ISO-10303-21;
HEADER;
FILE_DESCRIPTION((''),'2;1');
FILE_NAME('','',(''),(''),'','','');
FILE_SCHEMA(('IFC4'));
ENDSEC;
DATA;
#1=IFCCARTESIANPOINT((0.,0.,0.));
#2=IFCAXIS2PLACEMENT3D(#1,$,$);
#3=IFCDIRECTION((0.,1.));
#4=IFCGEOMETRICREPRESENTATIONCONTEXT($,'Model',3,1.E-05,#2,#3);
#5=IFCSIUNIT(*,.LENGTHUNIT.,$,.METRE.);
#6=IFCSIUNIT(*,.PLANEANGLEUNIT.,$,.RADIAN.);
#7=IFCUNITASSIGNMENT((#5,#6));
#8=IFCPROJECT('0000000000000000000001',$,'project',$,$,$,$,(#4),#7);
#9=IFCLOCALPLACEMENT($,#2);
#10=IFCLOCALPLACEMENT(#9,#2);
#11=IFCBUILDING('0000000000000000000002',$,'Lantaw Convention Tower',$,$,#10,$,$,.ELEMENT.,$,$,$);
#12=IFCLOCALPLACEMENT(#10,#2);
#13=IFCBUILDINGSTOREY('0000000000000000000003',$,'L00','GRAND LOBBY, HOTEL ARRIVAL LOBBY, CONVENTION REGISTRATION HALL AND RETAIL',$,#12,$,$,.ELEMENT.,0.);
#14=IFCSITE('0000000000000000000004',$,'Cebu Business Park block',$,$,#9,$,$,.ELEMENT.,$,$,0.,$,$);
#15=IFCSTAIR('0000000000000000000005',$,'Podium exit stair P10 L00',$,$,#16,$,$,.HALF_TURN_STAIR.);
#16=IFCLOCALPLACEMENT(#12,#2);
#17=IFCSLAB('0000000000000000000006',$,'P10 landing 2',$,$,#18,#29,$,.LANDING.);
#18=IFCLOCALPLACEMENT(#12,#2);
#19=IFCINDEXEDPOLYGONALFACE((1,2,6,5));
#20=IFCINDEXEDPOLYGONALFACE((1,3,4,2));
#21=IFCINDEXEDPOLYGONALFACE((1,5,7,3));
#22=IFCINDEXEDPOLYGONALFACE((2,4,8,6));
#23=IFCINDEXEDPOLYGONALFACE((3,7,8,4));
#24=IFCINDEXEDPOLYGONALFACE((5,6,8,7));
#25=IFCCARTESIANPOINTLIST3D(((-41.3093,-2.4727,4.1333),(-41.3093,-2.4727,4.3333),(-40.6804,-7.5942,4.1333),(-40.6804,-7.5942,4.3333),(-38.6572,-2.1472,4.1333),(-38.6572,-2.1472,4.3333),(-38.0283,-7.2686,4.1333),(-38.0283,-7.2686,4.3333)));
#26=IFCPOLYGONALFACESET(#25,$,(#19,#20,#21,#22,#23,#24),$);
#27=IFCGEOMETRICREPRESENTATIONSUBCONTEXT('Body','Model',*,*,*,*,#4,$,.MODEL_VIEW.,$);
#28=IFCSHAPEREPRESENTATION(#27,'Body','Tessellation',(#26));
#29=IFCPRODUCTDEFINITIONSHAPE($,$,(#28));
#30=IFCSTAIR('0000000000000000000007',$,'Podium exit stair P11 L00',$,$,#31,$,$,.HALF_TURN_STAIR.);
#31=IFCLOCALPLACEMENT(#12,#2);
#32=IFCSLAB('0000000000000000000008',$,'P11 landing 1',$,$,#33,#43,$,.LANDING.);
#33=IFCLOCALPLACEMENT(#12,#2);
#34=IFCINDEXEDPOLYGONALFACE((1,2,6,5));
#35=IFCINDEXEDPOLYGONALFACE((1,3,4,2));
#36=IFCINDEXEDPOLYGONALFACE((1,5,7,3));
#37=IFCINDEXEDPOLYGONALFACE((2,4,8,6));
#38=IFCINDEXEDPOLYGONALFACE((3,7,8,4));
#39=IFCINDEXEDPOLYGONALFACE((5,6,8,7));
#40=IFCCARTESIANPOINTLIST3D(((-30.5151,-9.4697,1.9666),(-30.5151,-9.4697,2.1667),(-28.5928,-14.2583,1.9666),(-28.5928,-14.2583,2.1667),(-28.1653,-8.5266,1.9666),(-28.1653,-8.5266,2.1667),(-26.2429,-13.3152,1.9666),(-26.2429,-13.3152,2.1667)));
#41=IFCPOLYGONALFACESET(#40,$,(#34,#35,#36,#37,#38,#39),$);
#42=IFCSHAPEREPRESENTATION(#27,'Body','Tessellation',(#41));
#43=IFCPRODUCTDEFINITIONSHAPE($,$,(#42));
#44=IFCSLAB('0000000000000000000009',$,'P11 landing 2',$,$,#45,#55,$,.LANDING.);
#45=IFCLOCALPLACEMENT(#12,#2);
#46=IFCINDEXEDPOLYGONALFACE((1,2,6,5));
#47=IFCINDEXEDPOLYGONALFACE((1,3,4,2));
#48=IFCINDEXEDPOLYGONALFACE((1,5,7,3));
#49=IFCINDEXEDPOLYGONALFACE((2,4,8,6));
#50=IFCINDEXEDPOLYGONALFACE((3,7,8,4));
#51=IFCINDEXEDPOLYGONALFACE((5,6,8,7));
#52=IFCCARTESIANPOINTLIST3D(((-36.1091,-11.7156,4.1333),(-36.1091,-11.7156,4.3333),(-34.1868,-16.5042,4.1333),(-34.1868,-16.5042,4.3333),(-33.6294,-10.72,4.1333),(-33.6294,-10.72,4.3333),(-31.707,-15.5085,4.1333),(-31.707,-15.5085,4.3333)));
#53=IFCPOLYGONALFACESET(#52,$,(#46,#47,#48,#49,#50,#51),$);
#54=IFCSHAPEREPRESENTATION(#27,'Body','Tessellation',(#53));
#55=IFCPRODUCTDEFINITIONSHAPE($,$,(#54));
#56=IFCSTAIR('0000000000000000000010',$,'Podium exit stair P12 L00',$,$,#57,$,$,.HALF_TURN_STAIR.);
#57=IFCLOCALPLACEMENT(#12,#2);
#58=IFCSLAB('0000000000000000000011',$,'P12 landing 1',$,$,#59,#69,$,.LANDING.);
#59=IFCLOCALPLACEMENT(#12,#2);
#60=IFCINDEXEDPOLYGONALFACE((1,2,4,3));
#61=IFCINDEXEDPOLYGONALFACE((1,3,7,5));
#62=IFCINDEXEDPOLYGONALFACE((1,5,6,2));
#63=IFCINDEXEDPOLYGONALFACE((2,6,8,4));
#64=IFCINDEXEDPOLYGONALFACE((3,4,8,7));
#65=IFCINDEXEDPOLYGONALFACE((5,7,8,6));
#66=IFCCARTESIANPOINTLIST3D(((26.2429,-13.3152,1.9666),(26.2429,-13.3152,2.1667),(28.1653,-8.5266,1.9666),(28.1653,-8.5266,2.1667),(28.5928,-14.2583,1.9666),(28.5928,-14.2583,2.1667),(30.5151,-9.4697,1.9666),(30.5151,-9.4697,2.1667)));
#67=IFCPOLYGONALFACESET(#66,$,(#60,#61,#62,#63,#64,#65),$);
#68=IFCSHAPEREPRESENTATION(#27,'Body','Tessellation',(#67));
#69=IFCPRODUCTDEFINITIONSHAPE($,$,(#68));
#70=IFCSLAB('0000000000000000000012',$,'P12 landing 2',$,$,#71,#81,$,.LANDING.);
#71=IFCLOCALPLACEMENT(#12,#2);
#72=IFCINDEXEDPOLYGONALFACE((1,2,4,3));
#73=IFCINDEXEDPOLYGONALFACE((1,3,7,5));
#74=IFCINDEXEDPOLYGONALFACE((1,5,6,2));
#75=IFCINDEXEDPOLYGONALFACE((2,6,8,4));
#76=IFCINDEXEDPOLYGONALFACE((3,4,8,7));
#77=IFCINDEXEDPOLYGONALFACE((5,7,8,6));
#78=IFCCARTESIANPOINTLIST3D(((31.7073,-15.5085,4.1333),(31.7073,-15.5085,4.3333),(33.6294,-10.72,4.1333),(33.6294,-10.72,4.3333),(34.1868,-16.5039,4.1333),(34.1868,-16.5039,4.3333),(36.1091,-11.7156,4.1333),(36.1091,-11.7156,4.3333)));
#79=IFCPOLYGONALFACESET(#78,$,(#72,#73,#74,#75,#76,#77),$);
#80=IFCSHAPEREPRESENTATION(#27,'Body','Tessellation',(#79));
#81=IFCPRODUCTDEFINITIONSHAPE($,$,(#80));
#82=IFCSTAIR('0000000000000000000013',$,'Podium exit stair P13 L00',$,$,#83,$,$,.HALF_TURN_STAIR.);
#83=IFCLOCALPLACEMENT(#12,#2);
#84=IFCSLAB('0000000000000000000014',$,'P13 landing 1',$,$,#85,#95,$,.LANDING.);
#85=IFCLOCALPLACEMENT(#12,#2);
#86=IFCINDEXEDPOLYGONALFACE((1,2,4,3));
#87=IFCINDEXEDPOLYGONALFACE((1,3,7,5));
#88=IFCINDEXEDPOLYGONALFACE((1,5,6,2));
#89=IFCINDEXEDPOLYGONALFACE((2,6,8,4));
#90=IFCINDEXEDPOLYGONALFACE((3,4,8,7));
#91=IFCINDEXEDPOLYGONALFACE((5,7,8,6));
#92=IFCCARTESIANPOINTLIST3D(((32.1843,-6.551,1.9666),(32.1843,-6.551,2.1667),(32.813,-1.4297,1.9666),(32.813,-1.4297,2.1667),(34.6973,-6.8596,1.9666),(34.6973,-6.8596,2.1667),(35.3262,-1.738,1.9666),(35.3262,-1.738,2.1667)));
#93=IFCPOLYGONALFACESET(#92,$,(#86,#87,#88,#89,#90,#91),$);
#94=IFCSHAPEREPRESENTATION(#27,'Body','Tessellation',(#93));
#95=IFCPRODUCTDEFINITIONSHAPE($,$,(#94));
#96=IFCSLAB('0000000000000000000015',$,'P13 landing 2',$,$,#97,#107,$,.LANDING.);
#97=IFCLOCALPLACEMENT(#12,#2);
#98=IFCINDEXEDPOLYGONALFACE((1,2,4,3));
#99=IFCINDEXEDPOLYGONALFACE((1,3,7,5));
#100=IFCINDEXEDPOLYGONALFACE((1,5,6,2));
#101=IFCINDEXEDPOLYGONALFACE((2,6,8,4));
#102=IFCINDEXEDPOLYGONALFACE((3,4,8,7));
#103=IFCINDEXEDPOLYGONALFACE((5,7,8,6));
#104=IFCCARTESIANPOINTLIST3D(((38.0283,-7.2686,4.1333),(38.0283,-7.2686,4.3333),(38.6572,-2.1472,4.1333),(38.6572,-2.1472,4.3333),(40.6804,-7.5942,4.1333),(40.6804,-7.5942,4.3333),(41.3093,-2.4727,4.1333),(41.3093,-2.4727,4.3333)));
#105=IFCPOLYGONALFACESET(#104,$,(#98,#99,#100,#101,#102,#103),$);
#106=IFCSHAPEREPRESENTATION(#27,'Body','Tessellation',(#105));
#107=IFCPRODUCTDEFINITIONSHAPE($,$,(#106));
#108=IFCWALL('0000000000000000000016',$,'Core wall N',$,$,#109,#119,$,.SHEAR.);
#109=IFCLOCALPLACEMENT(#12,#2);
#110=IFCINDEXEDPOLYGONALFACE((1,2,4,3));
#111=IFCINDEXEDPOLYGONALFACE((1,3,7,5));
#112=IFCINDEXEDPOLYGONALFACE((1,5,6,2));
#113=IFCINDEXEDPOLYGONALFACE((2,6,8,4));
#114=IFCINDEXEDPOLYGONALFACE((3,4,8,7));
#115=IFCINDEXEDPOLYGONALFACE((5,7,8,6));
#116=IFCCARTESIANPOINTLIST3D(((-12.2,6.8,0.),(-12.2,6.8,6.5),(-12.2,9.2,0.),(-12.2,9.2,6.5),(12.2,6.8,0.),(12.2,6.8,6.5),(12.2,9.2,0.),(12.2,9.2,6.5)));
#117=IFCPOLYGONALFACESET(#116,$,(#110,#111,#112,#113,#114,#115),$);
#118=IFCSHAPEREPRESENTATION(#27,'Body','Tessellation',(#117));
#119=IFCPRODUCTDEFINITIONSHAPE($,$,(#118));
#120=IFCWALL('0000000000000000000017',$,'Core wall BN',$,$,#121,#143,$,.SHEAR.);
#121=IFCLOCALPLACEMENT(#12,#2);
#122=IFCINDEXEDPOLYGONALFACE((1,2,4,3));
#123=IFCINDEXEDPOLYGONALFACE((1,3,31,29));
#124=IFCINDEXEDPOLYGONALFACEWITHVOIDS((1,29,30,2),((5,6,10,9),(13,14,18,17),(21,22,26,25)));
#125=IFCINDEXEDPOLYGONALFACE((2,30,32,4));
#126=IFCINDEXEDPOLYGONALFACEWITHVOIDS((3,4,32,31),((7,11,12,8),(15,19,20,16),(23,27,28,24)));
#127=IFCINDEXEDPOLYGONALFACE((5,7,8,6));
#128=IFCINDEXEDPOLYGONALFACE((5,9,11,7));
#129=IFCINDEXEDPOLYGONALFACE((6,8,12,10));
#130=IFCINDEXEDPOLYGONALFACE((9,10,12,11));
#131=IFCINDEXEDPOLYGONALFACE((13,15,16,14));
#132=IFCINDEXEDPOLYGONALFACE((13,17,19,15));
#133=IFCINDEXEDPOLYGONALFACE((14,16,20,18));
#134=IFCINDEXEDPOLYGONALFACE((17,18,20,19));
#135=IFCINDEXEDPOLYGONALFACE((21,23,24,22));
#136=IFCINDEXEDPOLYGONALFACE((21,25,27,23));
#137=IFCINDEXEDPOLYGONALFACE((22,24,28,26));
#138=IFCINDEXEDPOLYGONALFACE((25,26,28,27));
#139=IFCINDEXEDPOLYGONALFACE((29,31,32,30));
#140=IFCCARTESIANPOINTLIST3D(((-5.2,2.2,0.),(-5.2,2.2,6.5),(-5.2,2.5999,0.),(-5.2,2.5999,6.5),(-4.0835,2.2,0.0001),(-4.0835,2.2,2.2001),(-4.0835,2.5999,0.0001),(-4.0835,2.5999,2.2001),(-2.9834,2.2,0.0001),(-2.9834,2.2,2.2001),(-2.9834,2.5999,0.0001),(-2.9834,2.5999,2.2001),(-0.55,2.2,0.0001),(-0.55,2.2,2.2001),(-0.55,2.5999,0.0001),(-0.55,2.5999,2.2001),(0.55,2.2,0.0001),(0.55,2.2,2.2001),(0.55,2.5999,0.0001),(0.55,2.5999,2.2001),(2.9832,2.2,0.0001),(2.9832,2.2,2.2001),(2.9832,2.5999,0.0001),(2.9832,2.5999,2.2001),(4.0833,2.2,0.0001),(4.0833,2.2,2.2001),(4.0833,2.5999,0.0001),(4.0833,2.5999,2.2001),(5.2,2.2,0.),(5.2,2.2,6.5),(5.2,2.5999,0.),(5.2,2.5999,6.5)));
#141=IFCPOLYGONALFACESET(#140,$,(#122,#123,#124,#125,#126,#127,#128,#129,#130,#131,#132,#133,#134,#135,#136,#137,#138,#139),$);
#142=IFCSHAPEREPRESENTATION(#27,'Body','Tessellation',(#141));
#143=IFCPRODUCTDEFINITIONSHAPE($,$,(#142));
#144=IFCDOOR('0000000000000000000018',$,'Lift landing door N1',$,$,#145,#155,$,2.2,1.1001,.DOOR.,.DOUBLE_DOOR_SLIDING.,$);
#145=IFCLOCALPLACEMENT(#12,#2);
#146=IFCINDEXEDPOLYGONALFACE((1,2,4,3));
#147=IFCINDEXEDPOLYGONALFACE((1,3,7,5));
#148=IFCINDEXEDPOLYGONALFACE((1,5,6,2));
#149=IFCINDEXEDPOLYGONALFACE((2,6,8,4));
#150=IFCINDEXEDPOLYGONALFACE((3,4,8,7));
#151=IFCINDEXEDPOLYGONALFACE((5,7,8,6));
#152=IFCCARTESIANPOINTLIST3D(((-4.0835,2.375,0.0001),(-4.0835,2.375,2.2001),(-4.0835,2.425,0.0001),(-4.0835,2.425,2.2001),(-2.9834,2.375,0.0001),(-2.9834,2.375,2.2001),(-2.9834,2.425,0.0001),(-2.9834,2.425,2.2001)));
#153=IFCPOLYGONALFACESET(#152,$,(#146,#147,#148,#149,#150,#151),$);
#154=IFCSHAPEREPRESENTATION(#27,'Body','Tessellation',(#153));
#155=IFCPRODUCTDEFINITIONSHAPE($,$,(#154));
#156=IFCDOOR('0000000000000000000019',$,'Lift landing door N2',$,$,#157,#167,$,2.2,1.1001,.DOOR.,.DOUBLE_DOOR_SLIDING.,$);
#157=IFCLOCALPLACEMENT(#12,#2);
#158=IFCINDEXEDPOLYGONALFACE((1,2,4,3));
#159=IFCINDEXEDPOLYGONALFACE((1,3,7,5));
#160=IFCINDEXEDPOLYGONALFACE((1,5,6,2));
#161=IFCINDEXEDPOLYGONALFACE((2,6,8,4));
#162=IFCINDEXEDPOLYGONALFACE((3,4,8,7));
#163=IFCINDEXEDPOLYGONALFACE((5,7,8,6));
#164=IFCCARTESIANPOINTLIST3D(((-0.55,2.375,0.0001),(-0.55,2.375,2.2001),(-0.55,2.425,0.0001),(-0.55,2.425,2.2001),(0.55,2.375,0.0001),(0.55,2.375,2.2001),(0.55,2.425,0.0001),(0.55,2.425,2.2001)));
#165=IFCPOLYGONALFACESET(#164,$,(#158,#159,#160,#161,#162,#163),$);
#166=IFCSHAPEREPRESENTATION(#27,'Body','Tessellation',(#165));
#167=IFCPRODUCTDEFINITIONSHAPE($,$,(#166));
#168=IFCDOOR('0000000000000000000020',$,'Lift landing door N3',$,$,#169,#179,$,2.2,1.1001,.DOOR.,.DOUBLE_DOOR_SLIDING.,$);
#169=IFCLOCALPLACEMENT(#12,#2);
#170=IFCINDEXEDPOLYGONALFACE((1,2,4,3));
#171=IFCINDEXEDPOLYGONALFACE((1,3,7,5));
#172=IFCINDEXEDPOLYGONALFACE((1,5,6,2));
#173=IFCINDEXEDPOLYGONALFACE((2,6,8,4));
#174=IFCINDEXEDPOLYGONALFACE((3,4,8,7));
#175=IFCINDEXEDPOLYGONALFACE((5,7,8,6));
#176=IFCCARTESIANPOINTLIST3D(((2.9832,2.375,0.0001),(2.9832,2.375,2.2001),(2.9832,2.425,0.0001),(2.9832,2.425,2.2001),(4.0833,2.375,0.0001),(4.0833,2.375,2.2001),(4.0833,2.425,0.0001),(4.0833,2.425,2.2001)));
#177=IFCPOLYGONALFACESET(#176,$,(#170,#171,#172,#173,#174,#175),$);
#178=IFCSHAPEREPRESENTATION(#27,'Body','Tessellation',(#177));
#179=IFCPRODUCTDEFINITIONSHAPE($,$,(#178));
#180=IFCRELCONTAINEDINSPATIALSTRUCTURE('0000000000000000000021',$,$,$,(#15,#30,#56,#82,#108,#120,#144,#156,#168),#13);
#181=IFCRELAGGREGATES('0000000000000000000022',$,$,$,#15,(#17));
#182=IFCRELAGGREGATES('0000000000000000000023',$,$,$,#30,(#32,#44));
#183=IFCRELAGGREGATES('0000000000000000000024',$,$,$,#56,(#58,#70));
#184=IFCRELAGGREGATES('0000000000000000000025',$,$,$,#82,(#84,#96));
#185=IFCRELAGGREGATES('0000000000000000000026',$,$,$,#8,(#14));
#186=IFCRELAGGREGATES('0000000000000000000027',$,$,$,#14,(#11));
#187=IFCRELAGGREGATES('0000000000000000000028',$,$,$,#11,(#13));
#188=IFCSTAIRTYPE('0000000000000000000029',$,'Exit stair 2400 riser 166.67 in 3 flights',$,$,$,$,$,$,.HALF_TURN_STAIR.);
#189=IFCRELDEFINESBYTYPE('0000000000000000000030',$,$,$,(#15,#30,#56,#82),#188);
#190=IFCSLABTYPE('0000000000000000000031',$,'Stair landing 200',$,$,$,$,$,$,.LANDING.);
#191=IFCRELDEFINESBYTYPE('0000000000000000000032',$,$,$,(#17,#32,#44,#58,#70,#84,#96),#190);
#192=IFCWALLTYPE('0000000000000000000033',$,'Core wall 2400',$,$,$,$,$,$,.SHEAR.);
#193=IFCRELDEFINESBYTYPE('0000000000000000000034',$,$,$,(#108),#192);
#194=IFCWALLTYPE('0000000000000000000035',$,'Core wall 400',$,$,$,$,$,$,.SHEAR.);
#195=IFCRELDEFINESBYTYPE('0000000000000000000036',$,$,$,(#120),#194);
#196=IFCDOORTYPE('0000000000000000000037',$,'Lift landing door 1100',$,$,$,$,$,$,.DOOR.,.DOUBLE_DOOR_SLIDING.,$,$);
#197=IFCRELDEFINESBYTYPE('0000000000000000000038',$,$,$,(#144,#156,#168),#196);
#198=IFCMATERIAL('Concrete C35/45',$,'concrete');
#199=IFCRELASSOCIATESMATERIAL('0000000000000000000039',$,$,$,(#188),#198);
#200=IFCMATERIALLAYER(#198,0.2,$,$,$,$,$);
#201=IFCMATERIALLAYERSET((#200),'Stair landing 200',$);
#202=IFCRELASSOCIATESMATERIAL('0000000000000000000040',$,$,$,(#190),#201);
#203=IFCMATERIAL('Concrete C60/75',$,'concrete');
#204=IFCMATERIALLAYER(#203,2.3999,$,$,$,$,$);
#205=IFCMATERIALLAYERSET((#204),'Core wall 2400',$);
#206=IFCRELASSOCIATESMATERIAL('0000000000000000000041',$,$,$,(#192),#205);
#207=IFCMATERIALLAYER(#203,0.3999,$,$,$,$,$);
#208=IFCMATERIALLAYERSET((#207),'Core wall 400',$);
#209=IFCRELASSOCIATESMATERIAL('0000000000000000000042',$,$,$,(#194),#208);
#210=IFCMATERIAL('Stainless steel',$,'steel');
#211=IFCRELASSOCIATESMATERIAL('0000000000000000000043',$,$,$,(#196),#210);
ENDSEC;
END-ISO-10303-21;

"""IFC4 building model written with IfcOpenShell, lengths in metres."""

from ifc_helpers import new_model, si_unit, direction, frame, frame_2d, origin, place, context, subcontext, project, spatial, polyline, rectangle, outline, extrude, material, layer, layer_set, type_object, element, fill, aggregate, save


model = new_model("IFC4")

# Units and contexts
model_context = context("Model", 3, precision=1e-05, world=origin(), true_north=direction((0.0, 1.0)))
body_context = subcontext(model_context, "Body", "Model", "MODEL_VIEW")
ifc_project = project(units=[si_unit("LENGTHUNIT", "METRE"), si_unit("PLANEANGLEUNIT", "RADIAN")], contexts=[model_context])

# Site, building, storey
site_placement = place(None, origin())
site = spatial("IfcSite", under=ifc_project, at=site_placement, Name="Cebu Business Park block", CompositionType="ELEMENT", RefElevation=0.0)
building_placement = place(site_placement, origin())
building = spatial("IfcBuilding", under=site, at=building_placement, Name="Lantaw Convention Tower", CompositionType="ELEMENT")
storey_placement = place(building_placement, origin())
storey = spatial("IfcBuildingStorey", under=building, at=storey_placement, Name="L00", Description="GRAND LOBBY, HOTEL ARRIVAL LOBBY, CONVENTION REGISTRATION HALL AND RETAIL", CompositionType="ELEMENT", Elevation=0.0)

# Stairs, slabs
ifc_material_1 = material(Name="Concrete C35/45", Category="concrete")
stair_type = type_object("IfcStairType", Name="Exit stair 2400 riser 166.67 in 3 flights", PredefinedType="HALF_TURN_STAIR", material=ifc_material_1)
ifc_layer_1 = layer(ifc_material_1, 0.2)
ifc_layer_set_1 = layer_set([ifc_layer_1], Name="Stair landing 200")
slab_type = type_object("IfcSlabType", Name="Stair landing 200", PredefinedType="LANDING", material=ifc_layer_set_1)
stair_1_placement = place(storey_placement, origin())
stair_1 = element("IfcStair", 1, at=stair_1_placement, inside=storey, type_object=stair_type, Name="Podium exit stair P10 L00", PredefinedType="HALF_TURN_STAIR")
slab_1_placement = place(storey_placement, frame((0.0, 0.0, 4.1333)))
slab_1 = element("IfcSlab", 2, at=slab_1_placement, type_object=slab_type, Name="P10 landing 2", PredefinedType="LANDING", context=body_context, shape_type="SweptSolid", body=[
    extrude(outline(polyline([(-38.6572, -2.1472), (-41.3093, -2.4727), (-40.6804, -7.5942), (-38.0283, -7.2686), (-38.6572, -2.1472)])), origin(), (0.0, 0.0, 1.0), 0.2),
])
aggregate(stair_1, [slab_1])
stair_2_placement = place(storey_placement, origin())
stair_2 = element("IfcStair", 3, at=stair_2_placement, inside=storey, type_object=stair_type, Name="Podium exit stair P11 L00", PredefinedType="HALF_TURN_STAIR")
slab_2_placement = place(storey_placement, frame((0.0, 0.0, 1.9666)))
slab_2 = element("IfcSlab", 4, at=slab_2_placement, type_object=slab_type, Name="P11 landing 1", PredefinedType="LANDING", context=body_context, shape_type="SweptSolid", body=[
    extrude(outline(polyline([(-28.1653, -8.5266), (-30.5151, -9.4697), (-28.5928, -14.2583), (-26.2429, -13.3152), (-28.1653, -8.5266)])), origin(), (0.0, 0.0, 1.0), 0.2002),
])
slab_3_placement = place(storey_placement, frame((0.0, 0.0, 4.1333)))
slab_3 = element("IfcSlab", 5, at=slab_3_placement, type_object=slab_type, Name="P11 landing 2", PredefinedType="LANDING", context=body_context, shape_type="SweptSolid", body=[
    extrude(outline(polyline([(-33.6294, -10.72), (-36.1091, -11.7156), (-34.1868, -16.5042), (-31.707, -15.5085), (-33.6294, -10.72)])), origin(), (0.0, 0.0, 1.0), 0.2),
])
aggregate(stair_2, [slab_2, slab_3])
stair_3_placement = place(storey_placement, origin())
stair_3 = element("IfcStair", 6, at=stair_3_placement, inside=storey, type_object=stair_type, Name="Podium exit stair P12 L00", PredefinedType="HALF_TURN_STAIR")
slab_4_placement = place(storey_placement, frame((0.0, 0.0, 1.9666)))
slab_4 = element("IfcSlab", 7, at=slab_4_placement, type_object=slab_type, Name="P12 landing 1", PredefinedType="LANDING", context=body_context, shape_type="SweptSolid", body=[
    extrude(outline(polyline([(26.2429, -13.3152), (28.5928, -14.2583), (30.5151, -9.4697), (28.1653, -8.5266), (26.2429, -13.3152)])), origin(), (0.0, 0.0, 1.0), 0.2002),
])
slab_5_placement = place(storey_placement, frame((0.0, 0.0, 4.1333)))
slab_5 = element("IfcSlab", 8, at=slab_5_placement, type_object=slab_type, Name="P12 landing 2", PredefinedType="LANDING", context=body_context, shape_type="SweptSolid", body=[
    extrude(outline(polyline([(31.7073, -15.5085), (34.1868, -16.5039), (36.1091, -11.7156), (33.6294, -10.72), (31.7073, -15.5085)])), origin(), (0.0, 0.0, 1.0), 0.2),
])
aggregate(stair_3, [slab_4, slab_5])
stair_4_placement = place(storey_placement, origin())
stair_4 = element("IfcStair", 9, at=stair_4_placement, inside=storey, type_object=stair_type, Name="Podium exit stair P13 L00", PredefinedType="HALF_TURN_STAIR")
slab_6_placement = place(storey_placement, frame((0.0, 0.0, 1.9666)))
slab_6 = element("IfcSlab", 10, at=slab_6_placement, type_object=slab_type, Name="P13 landing 1", PredefinedType="LANDING", context=body_context, shape_type="SweptSolid", body=[
    extrude(outline(polyline([(32.1843, -6.551), (34.6973, -6.8596), (35.3262, -1.738), (32.813, -1.4297), (32.1843, -6.551)])), origin(), (0.0, 0.0, 1.0), 0.2002),
])
slab_7_placement = place(storey_placement, frame((0.0, 0.0, 4.1333)))
slab_7 = element("IfcSlab", 11, at=slab_7_placement, type_object=slab_type, Name="P13 landing 2", PredefinedType="LANDING", context=body_context, shape_type="SweptSolid", body=[
    extrude(outline(polyline([(38.0283, -7.2686), (40.6804, -7.5942), (41.3093, -2.4727), (38.6572, -2.1472), (38.0283, -7.2686)])), origin(), (0.0, 0.0, 1.0), 0.2),
])
aggregate(stair_4, [slab_6, slab_7])

# Wall
ifc_material_2 = material(Name="Concrete C60/75", Category="concrete")
ifc_layer_2 = layer(ifc_material_2, 2.3999)
ifc_layer_set_2 = layer_set([ifc_layer_2], Name="Core wall 2400")
wall_type_1 = type_object("IfcWallType", Name="Core wall 2400", PredefinedType="SHEAR", material=ifc_layer_set_2)
wall_1_placement = place(storey_placement, frame((12.2, 8.0, 0.0), z_axis=(0.0, 0.0, 1.0), x_axis=(-1.0, 0.0, 0.0)))
element("IfcWall", 12, at=wall_1_placement, inside=storey, type_object=wall_type_1, Name="Core wall N", PredefinedType="SHEAR", context=body_context, shape_type="SweptSolid", body=[
    extrude(rectangle(XDim=24.3999, YDim=2.3999, at=frame_2d((12.2, 0.0))), origin(), (0.0, 0.0, 1.0), 6.5),
])

# Wall, openings, doors
ifc_layer_3 = layer(ifc_material_2, 0.3999)
ifc_layer_set_3 = layer_set([ifc_layer_3], Name="Core wall 400")
wall_type_2 = type_object("IfcWallType", Name="Core wall 400", PredefinedType="SHEAR", material=ifc_layer_set_3)
wall_2_placement = place(storey_placement, frame((5.2, 2.3999, 0.0), z_axis=(0.0, 0.0, 1.0), x_axis=(-1.0, 0.0, 0.0)))
wall_2 = element("IfcWall", 13, at=wall_2_placement, inside=storey, type_object=wall_type_2, Name="Core wall BN", PredefinedType="SHEAR", context=body_context, shape_type="SweptSolid", body=[
    extrude(rectangle(XDim=10.3999, YDim=0.3999, at=frame_2d((5.2, 0.0))), origin(), (0.0, 0.0, 1.0), 6.5),
])
opening_1_placement = place(wall_2_placement, frame((8.1833, 0.0, 0.0)))
opening_1 = element("IfcOpeningElement", 14, at=opening_1_placement, cuts=wall_2, PredefinedType="OPENING", context=body_context, shape_type="SweptSolid", body=[
    extrude(rectangle(XDim=1.1001, YDim=2.2, at=frame_2d((0.55, 1.1001))), frame((0.0, 0.21, 0.0), z_axis=(0.0, -1.0, 0.0), x_axis=(1.0, 0.0, 0.0)), (0.0, 0.0, 1.0), 0.4199),
])
opening_2_placement = place(wall_2_placement, frame((4.6499, 0.0, 0.0)))
opening_2 = element("IfcOpeningElement", 15, at=opening_2_placement, cuts=wall_2, PredefinedType="OPENING", context=body_context, shape_type="SweptSolid", body=[
    extrude(rectangle(XDim=1.1001, YDim=2.2, at=frame_2d((0.55, 1.1001))), frame((0.0, 0.21, 0.0), z_axis=(0.0, -1.0, 0.0), x_axis=(1.0, 0.0, 0.0)), (0.0, 0.0, 1.0), 0.4199),
])
opening_3_placement = place(wall_2_placement, frame((1.1167, 0.0, 0.0)))
opening_3 = element("IfcOpeningElement", 16, at=opening_3_placement, cuts=wall_2, PredefinedType="OPENING", context=body_context, shape_type="SweptSolid", body=[
    extrude(rectangle(XDim=1.1001, YDim=2.2, at=frame_2d((0.55, 1.1001))), frame((0.0, 0.21, 0.0), z_axis=(0.0, -1.0, 0.0), x_axis=(1.0, 0.0, 0.0)), (0.0, 0.0, 1.0), 0.4199),
])
ifc_material_3 = material(Name="Stainless steel", Category="steel")
door_type_1 = type_object("IfcDoorType", Name="Lift landing door 1100", OperationType="DOUBLE_DOOR_SLIDING", PredefinedType="DOOR", material=ifc_material_3)
door_1_placement = place(opening_1_placement, origin())
door_1 = element("IfcDoor", 17, at=door_1_placement, inside=storey, type_object=door_type_1, Name="Lift landing door N1", OperationType="DOUBLE_DOOR_SLIDING", OverallHeight=2.2, OverallWidth=1.1001, PredefinedType="DOOR", context=body_context, shape_type="SweptSolid", body=[
    extrude(rectangle(XDim=1.1001, YDim=2.2, at=frame_2d((0.55, 1.1001))), frame((0.0, 0.0249, 0.0), z_axis=(0.0, -1.0, 0.0), x_axis=(1.0, 0.0, 0.0)), (0.0, 0.0, 1.0), 0.05),
])
fill(opening_1, door_1)
door_2_placement = place(opening_2_placement, origin())
door_2 = element("IfcDoor", 18, at=door_2_placement, inside=storey, type_object=door_type_1, Name="Lift landing door N2", OperationType="DOUBLE_DOOR_SLIDING", OverallHeight=2.2, OverallWidth=1.1001, PredefinedType="DOOR", context=body_context, shape_type="SweptSolid", body=[
    extrude(rectangle(XDim=1.1001, YDim=2.2, at=frame_2d((0.55, 1.1001))), frame((0.0, 0.0249, 0.0), z_axis=(0.0, -1.0, 0.0), x_axis=(1.0, 0.0, 0.0)), (0.0, 0.0, 1.0), 0.05),
])
fill(opening_2, door_2)
door_3_placement = place(opening_3_placement, origin())
door_3 = element("IfcDoor", 19, at=door_3_placement, inside=storey, type_object=door_type_1, Name="Lift landing door N3", OperationType="DOUBLE_DOOR_SLIDING", OverallHeight=2.2, OverallWidth=1.1001, PredefinedType="DOOR", context=body_context, shape_type="SweptSolid", body=[
    extrude(rectangle(XDim=1.1001, YDim=2.2, at=frame_2d((0.55, 1.1001))), frame((0.0, 0.0249, 0.0), z_axis=(0.0, -1.0, 0.0), x_axis=(1.0, 0.0, 0.0)), (0.0, 0.0, 1.0), 0.05),
])
fill(opening_3, door_3)

save(model, "model.ifc")
